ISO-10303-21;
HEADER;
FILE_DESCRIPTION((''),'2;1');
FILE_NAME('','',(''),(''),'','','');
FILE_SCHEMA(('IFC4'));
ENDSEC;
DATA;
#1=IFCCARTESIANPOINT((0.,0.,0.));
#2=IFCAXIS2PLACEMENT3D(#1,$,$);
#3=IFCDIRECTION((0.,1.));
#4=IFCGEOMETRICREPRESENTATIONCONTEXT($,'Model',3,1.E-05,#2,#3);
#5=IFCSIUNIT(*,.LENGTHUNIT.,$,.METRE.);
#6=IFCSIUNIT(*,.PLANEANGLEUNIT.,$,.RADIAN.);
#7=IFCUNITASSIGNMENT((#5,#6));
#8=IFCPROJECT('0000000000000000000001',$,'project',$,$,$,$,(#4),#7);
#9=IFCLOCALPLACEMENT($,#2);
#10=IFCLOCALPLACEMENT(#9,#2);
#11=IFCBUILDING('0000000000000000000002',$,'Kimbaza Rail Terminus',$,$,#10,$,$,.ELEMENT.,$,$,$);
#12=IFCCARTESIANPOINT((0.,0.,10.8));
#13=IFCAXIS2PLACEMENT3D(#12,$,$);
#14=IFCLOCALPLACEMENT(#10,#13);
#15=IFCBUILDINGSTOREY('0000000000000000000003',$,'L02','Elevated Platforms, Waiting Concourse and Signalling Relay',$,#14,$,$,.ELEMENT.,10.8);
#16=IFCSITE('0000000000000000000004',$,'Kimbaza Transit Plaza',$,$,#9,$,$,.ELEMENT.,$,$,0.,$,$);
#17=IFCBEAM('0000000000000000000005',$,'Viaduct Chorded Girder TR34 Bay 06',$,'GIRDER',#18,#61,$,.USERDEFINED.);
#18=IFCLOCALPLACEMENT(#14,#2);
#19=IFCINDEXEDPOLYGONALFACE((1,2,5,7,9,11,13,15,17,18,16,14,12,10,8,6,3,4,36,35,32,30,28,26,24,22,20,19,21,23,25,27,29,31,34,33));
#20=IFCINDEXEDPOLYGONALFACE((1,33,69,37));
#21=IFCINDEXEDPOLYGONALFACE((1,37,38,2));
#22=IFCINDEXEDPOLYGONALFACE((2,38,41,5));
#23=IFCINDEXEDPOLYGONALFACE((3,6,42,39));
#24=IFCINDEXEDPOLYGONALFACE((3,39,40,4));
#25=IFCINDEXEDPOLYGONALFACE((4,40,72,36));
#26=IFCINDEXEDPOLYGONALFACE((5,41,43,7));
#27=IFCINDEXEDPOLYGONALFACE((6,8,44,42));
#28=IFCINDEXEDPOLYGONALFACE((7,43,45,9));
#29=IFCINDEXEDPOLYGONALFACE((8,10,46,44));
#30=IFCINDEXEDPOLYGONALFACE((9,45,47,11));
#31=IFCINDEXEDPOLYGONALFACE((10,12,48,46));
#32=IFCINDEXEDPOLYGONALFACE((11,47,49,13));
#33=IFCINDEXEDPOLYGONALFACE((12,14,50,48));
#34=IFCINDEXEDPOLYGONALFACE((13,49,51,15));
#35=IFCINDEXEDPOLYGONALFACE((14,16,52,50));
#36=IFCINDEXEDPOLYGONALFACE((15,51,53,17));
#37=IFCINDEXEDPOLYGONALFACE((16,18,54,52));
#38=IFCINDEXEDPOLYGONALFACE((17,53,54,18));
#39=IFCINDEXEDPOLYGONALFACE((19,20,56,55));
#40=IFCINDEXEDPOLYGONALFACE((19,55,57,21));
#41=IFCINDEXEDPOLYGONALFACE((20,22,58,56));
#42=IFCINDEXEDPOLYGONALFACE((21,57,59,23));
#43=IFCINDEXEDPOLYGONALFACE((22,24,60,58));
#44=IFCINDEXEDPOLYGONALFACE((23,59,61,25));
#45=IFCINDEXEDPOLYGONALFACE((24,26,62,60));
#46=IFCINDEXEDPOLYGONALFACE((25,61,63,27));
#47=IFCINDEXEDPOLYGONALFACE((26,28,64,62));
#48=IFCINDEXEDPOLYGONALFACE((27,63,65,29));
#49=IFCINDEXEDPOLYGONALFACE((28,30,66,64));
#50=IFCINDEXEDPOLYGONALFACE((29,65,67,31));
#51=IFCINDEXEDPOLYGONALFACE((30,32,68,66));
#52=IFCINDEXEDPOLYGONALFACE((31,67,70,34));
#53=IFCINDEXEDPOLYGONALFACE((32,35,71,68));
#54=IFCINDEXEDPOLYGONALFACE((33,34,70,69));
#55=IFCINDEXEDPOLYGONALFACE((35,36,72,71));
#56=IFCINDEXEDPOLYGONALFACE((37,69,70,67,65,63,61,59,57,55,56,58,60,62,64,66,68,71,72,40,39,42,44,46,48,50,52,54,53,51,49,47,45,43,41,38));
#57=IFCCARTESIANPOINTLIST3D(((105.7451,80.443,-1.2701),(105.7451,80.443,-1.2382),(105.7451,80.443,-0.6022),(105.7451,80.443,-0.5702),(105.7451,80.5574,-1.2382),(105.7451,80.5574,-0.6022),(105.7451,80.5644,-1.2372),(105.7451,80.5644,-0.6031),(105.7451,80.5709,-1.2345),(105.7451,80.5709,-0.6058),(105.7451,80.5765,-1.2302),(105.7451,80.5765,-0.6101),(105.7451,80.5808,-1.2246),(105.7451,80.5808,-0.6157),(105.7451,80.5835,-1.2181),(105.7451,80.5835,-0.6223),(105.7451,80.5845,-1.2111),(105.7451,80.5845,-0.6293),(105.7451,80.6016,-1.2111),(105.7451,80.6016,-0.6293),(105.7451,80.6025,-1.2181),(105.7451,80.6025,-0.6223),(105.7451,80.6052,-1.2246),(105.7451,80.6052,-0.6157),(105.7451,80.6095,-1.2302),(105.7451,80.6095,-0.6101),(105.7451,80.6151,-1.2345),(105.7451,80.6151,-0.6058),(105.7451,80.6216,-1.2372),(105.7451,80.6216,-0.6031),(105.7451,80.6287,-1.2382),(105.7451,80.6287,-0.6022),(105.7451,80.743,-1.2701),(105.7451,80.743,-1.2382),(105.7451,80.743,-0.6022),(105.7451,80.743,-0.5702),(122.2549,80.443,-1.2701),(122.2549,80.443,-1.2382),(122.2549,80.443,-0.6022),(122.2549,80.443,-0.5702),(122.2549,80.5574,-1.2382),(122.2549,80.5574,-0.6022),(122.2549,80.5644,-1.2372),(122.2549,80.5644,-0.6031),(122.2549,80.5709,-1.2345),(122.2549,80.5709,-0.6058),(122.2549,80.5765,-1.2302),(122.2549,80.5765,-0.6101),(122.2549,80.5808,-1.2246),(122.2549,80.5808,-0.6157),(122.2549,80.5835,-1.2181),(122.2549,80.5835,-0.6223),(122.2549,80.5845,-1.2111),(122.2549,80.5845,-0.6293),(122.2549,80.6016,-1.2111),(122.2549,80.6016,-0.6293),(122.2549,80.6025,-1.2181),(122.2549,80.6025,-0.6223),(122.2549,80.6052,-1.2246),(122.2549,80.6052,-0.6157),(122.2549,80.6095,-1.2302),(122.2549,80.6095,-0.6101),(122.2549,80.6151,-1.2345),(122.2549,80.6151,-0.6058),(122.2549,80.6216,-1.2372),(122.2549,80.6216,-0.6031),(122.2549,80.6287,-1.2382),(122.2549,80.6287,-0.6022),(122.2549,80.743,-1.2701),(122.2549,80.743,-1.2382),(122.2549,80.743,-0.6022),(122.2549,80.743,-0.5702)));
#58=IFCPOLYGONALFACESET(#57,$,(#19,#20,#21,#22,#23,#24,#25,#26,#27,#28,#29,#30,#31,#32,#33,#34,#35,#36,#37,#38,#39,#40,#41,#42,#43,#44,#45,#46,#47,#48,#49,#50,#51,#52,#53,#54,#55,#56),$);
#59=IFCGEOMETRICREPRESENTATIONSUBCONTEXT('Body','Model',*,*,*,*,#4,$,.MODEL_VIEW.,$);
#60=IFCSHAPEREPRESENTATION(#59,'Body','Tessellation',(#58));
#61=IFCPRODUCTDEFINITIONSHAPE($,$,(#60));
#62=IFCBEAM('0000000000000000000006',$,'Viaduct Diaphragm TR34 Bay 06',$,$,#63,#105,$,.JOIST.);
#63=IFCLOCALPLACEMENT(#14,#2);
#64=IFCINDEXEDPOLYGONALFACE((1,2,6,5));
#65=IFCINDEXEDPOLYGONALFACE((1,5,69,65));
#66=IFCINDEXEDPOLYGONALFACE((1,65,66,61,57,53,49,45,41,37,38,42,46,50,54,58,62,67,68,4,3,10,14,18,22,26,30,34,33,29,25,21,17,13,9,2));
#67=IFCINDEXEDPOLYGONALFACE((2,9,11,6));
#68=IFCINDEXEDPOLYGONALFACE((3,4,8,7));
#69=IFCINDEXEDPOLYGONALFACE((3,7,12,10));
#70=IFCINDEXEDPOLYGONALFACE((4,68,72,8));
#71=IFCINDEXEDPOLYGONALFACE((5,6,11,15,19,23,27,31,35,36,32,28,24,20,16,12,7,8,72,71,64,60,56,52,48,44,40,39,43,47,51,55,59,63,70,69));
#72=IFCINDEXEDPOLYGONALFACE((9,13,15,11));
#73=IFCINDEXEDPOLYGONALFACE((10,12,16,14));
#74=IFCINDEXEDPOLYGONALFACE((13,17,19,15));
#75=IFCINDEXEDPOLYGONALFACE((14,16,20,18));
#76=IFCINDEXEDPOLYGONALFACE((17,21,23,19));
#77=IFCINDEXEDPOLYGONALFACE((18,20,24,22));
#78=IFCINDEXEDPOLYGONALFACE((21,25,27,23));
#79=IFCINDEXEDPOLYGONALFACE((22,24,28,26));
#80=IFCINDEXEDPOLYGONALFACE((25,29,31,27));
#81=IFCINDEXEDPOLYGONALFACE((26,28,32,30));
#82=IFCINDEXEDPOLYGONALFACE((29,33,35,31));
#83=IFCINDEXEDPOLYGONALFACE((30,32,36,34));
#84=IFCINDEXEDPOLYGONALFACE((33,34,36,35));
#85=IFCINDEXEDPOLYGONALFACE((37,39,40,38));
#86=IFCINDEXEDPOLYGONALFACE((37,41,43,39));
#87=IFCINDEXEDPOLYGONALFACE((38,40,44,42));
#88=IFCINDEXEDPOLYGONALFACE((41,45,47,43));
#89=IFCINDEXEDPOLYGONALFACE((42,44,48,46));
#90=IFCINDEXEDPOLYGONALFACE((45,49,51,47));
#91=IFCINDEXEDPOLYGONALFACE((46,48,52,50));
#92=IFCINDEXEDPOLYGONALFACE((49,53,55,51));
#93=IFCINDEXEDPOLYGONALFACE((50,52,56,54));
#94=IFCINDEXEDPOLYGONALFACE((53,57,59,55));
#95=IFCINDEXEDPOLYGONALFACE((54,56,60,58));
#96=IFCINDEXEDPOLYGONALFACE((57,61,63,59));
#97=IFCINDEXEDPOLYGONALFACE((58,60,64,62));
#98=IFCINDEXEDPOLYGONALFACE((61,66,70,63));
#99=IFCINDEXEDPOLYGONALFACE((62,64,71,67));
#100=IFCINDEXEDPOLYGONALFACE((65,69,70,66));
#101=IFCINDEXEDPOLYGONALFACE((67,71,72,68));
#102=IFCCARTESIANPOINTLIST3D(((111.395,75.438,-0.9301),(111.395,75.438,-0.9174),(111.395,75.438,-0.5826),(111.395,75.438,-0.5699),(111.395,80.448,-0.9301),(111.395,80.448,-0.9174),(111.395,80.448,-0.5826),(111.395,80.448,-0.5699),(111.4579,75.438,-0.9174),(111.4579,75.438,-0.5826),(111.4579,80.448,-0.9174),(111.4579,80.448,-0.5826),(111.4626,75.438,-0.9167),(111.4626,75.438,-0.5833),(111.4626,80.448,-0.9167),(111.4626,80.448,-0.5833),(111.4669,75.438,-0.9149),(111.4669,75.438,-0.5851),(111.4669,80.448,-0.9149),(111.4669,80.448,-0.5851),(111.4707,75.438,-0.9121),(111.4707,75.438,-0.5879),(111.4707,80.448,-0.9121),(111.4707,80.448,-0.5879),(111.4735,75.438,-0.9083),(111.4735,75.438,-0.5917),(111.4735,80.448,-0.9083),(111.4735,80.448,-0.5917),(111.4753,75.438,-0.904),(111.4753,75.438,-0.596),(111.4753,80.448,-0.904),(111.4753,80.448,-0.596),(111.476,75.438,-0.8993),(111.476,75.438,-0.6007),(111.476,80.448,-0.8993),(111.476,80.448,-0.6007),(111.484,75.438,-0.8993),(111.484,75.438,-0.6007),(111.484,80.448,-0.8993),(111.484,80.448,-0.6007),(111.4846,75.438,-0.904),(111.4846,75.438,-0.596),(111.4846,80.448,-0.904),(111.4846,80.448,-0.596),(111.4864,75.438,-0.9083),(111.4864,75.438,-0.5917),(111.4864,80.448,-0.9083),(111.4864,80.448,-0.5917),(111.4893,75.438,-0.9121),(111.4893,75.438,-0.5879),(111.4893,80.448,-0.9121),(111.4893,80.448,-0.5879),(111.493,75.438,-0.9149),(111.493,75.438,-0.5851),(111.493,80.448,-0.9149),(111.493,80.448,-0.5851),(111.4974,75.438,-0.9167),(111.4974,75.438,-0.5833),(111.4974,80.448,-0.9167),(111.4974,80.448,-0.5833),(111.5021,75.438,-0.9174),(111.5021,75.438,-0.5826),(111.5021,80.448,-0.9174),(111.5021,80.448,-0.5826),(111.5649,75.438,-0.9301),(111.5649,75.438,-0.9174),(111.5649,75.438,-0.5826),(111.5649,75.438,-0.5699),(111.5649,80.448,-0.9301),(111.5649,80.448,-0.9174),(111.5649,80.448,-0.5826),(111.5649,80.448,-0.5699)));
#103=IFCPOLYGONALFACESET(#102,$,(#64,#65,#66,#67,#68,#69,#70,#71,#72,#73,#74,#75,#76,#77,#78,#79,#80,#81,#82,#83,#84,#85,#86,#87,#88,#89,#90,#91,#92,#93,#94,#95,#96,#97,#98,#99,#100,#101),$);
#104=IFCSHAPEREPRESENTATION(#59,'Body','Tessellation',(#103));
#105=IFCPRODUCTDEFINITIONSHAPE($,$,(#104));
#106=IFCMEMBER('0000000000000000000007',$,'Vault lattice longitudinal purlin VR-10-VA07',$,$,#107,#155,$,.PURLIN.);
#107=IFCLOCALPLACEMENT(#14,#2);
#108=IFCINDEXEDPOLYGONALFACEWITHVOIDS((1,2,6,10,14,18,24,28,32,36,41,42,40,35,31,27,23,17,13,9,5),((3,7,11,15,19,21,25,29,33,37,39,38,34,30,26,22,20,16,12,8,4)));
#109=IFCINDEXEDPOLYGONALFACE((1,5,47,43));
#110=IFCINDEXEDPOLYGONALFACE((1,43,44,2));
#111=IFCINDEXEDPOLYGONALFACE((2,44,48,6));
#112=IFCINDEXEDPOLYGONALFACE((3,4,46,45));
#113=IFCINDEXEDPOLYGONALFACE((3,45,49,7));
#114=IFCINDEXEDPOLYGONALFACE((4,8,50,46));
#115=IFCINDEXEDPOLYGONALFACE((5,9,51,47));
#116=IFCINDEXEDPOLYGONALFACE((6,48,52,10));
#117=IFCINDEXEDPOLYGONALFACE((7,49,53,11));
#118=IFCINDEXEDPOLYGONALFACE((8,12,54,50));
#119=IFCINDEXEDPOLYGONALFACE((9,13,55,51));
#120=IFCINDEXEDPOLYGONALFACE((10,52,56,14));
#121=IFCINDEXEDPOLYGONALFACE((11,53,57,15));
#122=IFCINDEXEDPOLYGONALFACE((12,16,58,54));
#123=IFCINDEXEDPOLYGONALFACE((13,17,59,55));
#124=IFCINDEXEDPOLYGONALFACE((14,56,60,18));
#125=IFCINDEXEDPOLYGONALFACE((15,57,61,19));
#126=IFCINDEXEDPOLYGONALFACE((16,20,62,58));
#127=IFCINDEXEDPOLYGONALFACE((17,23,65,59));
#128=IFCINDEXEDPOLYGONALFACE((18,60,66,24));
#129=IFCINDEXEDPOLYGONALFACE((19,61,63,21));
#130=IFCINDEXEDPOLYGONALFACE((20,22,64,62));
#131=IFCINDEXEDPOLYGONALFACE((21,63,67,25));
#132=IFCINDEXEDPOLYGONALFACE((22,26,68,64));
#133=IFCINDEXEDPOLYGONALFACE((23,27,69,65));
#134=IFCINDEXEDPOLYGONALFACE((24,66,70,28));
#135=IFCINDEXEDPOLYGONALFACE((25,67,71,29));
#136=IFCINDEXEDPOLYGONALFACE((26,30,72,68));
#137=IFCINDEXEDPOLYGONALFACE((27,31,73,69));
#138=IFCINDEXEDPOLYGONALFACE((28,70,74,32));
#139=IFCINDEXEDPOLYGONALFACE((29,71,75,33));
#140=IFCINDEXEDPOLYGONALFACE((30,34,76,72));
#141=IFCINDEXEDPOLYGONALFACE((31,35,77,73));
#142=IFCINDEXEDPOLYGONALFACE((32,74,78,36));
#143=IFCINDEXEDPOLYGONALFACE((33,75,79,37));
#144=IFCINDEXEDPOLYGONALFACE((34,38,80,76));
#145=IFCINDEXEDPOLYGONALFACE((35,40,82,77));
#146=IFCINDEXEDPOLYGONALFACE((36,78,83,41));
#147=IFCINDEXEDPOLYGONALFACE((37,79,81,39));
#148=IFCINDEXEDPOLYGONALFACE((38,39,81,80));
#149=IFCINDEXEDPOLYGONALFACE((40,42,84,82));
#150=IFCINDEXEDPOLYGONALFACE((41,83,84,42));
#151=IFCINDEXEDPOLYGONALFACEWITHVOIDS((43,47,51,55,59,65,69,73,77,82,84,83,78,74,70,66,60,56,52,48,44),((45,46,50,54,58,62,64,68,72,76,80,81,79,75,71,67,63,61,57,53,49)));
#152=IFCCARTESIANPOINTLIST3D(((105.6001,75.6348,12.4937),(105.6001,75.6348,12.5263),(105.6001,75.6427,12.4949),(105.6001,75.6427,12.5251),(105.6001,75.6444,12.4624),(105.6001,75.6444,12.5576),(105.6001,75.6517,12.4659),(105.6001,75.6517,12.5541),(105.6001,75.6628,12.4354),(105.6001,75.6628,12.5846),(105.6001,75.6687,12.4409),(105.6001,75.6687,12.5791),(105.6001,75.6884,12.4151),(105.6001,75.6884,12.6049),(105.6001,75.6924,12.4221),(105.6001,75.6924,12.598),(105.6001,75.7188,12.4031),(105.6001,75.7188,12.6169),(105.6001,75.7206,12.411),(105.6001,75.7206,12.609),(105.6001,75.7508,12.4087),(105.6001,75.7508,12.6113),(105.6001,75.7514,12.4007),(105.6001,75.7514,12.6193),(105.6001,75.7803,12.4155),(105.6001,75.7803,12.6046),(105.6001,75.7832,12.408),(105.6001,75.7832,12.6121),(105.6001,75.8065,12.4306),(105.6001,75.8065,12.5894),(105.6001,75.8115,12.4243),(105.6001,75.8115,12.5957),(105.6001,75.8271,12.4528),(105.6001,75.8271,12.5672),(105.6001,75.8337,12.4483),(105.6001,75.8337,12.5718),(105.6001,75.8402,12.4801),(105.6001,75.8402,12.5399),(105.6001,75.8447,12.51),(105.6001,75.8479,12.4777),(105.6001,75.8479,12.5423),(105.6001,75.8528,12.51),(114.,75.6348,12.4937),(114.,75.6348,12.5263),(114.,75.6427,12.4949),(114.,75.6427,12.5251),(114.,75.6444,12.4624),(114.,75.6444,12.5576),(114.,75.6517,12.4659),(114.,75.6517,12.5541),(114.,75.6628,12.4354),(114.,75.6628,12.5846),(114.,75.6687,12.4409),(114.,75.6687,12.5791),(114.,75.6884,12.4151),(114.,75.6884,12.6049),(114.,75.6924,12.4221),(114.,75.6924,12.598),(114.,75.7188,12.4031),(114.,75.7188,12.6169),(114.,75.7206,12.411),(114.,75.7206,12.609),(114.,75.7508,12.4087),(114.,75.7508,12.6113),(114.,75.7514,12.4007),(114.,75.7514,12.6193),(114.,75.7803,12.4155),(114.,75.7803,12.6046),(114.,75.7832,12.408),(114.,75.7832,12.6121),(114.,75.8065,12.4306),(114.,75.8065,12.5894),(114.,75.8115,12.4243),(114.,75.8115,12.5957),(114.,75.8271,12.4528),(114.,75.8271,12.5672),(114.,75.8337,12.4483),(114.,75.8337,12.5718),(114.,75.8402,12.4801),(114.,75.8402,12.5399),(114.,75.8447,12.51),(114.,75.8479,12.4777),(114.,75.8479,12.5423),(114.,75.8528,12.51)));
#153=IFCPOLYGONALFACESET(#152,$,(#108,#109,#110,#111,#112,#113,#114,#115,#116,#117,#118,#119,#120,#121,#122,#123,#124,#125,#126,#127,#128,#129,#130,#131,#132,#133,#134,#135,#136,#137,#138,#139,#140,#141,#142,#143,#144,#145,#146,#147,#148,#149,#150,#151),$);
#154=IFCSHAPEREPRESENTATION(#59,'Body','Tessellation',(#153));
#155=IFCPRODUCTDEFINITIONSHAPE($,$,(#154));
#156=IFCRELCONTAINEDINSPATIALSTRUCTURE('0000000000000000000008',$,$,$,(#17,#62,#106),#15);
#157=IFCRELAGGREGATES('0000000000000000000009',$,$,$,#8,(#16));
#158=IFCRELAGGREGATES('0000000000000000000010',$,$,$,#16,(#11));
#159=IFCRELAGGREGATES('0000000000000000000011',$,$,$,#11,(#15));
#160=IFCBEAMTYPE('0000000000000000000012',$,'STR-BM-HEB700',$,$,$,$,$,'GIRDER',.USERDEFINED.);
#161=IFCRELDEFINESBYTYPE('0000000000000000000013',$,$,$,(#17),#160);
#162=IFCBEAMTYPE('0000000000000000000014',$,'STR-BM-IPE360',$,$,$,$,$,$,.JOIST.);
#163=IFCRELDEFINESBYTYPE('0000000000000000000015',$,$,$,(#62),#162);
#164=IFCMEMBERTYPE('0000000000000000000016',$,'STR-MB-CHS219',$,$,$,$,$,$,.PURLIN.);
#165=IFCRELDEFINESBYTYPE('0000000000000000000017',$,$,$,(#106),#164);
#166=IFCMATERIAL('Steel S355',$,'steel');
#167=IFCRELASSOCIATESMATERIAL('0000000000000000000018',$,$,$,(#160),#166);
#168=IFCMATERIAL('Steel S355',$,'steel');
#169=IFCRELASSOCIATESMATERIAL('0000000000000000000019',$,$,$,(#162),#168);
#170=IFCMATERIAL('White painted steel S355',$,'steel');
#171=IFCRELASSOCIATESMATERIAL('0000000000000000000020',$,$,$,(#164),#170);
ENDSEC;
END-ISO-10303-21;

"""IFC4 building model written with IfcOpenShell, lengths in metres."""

from ifc_helpers import new_model, si_unit, direction, frame, origin, origin_2d, place, context, subcontext, project, spatial, hollow_circle, i_section, extrude, material, material_profile, profile_set, type_object, element, save


model = new_model("IFC4")

# Units and contexts
model_context = context("Model", 3, precision=1e-05, world=origin(), true_north=direction((0.0, 1.0)))
body_context = subcontext(model_context, "Body", "Model", "MODEL_VIEW")
ifc_project = project(units=[si_unit("LENGTHUNIT", "METRE"), si_unit("PLANEANGLEUNIT", "RADIAN")], contexts=[model_context])

# Site, building, storey
site_placement = place(None, origin())
site = spatial("IfcSite", under=ifc_project, at=site_placement, Name="Kimbaza Transit Plaza", CompositionType="ELEMENT", RefElevation=0.0)
building_placement = place(site_placement, origin())
building = spatial("IfcBuilding", under=site, at=building_placement, Name="Kimbaza Rail Terminus", CompositionType="ELEMENT")
storey_placement = place(building_placement, frame((0.0, 0.0, 10.8)))
storey = spatial("IfcBuildingStorey", under=building, at=storey_placement, Name="L02", Description="Elevated Platforms, Waiting Concourse and Signalling Relay", CompositionType="ELEMENT", Elevation=10.8)

# Beams
ifc_material_1 = material(Name="Steel S355", Category="steel")
ifc_material_profile_1 = material_profile(ifc_material_1, i_section(OverallWidth=0.3, OverallDepth=0.7, WebThickness=0.0171, FlangeThickness=0.032, FilletRadius=0.0271, at=origin_2d()), Name="HEB 700")
ifc_profile_set_1 = profile_set([ifc_material_profile_1], Name="Steel S355")
beam_type_1 = type_object("IfcBeamType", Name="STR-BM-HEB700", ElementType="GIRDER", PredefinedType="USERDEFINED", material=ifc_profile_set_1)
for number, where, z_axis, x_axis, name in (
    (1, (105.7451, 80.593, -0.9202), (1.0, 0.0, 0.0), (0.0, 1.0, 0.0), "Viaduct Chorded Girder TR34 Bay 06"),
):
    element("IfcBeam", number, at=place(storey_placement, frame(where, z_axis=z_axis, x_axis=x_axis)), inside=storey, type_object=beam_type_1, Name=name, ObjectType="GIRDER", PredefinedType="USERDEFINED", context=body_context, shape_type="SweptSolid", body=[
        extrude(i_section(OverallWidth=0.3, OverallDepth=0.7, WebThickness=0.0171, FlangeThickness=0.032, FilletRadius=0.0271, at=origin_2d()), origin(), (0.0, 0.0, 1.0), 16.5098),
    ])
ifc_material_2 = material(Name="Steel S355", Category="steel")
ifc_material_profile_2 = material_profile(ifc_material_2, i_section(OverallWidth=0.1699, OverallDepth=0.3601, WebThickness=0.0081, FlangeThickness=0.0127, FilletRadius=0.0181, at=origin_2d()), Name="IPE 360")
ifc_profile_set_2 = profile_set([ifc_material_profile_2], Name="Steel S355")
beam_type_2 = type_object("IfcBeamType", Name="STR-BM-IPE360", PredefinedType="JOIST", material=ifc_profile_set_2)
beam_1_placement = place(storey_placement, frame((111.48, 75.438, -0.75), z_axis=(0.0, 1.0, 0.0), x_axis=(-1.0, 0.0, 0.0)))
element("IfcBeam", 2, at=beam_1_placement, inside=storey, type_object=beam_type_2, Name="Viaduct Diaphragm TR34 Bay 06", PredefinedType="JOIST", context=body_context, shape_type="SweptSolid", body=[
    extrude(i_section(OverallWidth=0.1699, OverallDepth=0.3601, WebThickness=0.0081, FlangeThickness=0.0127, FilletRadius=0.0181, at=origin_2d()), origin(), (0.0, 0.0, 1.0), 5.01),
])

# Member
ifc_material_3 = material(Name="White painted steel S355", Category="steel")
ifc_material_profile_3 = material_profile(ifc_material_3, hollow_circle(Radius=0.1096, WallThickness=0.0081, at=origin_2d()), Name="CHS 219.1x8")
ifc_profile_set_3 = profile_set([ifc_material_profile_3], Name="White painted steel S355")
member_type_1 = type_object("IfcMemberType", Name="STR-MB-CHS219", PredefinedType="PURLIN", material=ifc_profile_set_3)
for number, where, z_axis, x_axis, name in (
    (3, (105.6001, 75.7432, 12.51), (1.0, 0.0, 0.0), (0.0, 1.0, 0.0), "Vault lattice longitudinal purlin VR-10-VA07"),
):
    element("IfcMember", number, at=place(storey_placement, frame(where, z_axis=z_axis, x_axis=x_axis)), inside=storey, type_object=member_type_1, Name=name, PredefinedType="PURLIN", context=body_context, shape_type="SweptSolid", body=[
        extrude(hollow_circle(Radius=0.1096, WallThickness=0.0081, at=origin_2d()), origin(), (0.0, 0.0, 1.0), 8.3999),
    ])

save(model, "model.ifc")
